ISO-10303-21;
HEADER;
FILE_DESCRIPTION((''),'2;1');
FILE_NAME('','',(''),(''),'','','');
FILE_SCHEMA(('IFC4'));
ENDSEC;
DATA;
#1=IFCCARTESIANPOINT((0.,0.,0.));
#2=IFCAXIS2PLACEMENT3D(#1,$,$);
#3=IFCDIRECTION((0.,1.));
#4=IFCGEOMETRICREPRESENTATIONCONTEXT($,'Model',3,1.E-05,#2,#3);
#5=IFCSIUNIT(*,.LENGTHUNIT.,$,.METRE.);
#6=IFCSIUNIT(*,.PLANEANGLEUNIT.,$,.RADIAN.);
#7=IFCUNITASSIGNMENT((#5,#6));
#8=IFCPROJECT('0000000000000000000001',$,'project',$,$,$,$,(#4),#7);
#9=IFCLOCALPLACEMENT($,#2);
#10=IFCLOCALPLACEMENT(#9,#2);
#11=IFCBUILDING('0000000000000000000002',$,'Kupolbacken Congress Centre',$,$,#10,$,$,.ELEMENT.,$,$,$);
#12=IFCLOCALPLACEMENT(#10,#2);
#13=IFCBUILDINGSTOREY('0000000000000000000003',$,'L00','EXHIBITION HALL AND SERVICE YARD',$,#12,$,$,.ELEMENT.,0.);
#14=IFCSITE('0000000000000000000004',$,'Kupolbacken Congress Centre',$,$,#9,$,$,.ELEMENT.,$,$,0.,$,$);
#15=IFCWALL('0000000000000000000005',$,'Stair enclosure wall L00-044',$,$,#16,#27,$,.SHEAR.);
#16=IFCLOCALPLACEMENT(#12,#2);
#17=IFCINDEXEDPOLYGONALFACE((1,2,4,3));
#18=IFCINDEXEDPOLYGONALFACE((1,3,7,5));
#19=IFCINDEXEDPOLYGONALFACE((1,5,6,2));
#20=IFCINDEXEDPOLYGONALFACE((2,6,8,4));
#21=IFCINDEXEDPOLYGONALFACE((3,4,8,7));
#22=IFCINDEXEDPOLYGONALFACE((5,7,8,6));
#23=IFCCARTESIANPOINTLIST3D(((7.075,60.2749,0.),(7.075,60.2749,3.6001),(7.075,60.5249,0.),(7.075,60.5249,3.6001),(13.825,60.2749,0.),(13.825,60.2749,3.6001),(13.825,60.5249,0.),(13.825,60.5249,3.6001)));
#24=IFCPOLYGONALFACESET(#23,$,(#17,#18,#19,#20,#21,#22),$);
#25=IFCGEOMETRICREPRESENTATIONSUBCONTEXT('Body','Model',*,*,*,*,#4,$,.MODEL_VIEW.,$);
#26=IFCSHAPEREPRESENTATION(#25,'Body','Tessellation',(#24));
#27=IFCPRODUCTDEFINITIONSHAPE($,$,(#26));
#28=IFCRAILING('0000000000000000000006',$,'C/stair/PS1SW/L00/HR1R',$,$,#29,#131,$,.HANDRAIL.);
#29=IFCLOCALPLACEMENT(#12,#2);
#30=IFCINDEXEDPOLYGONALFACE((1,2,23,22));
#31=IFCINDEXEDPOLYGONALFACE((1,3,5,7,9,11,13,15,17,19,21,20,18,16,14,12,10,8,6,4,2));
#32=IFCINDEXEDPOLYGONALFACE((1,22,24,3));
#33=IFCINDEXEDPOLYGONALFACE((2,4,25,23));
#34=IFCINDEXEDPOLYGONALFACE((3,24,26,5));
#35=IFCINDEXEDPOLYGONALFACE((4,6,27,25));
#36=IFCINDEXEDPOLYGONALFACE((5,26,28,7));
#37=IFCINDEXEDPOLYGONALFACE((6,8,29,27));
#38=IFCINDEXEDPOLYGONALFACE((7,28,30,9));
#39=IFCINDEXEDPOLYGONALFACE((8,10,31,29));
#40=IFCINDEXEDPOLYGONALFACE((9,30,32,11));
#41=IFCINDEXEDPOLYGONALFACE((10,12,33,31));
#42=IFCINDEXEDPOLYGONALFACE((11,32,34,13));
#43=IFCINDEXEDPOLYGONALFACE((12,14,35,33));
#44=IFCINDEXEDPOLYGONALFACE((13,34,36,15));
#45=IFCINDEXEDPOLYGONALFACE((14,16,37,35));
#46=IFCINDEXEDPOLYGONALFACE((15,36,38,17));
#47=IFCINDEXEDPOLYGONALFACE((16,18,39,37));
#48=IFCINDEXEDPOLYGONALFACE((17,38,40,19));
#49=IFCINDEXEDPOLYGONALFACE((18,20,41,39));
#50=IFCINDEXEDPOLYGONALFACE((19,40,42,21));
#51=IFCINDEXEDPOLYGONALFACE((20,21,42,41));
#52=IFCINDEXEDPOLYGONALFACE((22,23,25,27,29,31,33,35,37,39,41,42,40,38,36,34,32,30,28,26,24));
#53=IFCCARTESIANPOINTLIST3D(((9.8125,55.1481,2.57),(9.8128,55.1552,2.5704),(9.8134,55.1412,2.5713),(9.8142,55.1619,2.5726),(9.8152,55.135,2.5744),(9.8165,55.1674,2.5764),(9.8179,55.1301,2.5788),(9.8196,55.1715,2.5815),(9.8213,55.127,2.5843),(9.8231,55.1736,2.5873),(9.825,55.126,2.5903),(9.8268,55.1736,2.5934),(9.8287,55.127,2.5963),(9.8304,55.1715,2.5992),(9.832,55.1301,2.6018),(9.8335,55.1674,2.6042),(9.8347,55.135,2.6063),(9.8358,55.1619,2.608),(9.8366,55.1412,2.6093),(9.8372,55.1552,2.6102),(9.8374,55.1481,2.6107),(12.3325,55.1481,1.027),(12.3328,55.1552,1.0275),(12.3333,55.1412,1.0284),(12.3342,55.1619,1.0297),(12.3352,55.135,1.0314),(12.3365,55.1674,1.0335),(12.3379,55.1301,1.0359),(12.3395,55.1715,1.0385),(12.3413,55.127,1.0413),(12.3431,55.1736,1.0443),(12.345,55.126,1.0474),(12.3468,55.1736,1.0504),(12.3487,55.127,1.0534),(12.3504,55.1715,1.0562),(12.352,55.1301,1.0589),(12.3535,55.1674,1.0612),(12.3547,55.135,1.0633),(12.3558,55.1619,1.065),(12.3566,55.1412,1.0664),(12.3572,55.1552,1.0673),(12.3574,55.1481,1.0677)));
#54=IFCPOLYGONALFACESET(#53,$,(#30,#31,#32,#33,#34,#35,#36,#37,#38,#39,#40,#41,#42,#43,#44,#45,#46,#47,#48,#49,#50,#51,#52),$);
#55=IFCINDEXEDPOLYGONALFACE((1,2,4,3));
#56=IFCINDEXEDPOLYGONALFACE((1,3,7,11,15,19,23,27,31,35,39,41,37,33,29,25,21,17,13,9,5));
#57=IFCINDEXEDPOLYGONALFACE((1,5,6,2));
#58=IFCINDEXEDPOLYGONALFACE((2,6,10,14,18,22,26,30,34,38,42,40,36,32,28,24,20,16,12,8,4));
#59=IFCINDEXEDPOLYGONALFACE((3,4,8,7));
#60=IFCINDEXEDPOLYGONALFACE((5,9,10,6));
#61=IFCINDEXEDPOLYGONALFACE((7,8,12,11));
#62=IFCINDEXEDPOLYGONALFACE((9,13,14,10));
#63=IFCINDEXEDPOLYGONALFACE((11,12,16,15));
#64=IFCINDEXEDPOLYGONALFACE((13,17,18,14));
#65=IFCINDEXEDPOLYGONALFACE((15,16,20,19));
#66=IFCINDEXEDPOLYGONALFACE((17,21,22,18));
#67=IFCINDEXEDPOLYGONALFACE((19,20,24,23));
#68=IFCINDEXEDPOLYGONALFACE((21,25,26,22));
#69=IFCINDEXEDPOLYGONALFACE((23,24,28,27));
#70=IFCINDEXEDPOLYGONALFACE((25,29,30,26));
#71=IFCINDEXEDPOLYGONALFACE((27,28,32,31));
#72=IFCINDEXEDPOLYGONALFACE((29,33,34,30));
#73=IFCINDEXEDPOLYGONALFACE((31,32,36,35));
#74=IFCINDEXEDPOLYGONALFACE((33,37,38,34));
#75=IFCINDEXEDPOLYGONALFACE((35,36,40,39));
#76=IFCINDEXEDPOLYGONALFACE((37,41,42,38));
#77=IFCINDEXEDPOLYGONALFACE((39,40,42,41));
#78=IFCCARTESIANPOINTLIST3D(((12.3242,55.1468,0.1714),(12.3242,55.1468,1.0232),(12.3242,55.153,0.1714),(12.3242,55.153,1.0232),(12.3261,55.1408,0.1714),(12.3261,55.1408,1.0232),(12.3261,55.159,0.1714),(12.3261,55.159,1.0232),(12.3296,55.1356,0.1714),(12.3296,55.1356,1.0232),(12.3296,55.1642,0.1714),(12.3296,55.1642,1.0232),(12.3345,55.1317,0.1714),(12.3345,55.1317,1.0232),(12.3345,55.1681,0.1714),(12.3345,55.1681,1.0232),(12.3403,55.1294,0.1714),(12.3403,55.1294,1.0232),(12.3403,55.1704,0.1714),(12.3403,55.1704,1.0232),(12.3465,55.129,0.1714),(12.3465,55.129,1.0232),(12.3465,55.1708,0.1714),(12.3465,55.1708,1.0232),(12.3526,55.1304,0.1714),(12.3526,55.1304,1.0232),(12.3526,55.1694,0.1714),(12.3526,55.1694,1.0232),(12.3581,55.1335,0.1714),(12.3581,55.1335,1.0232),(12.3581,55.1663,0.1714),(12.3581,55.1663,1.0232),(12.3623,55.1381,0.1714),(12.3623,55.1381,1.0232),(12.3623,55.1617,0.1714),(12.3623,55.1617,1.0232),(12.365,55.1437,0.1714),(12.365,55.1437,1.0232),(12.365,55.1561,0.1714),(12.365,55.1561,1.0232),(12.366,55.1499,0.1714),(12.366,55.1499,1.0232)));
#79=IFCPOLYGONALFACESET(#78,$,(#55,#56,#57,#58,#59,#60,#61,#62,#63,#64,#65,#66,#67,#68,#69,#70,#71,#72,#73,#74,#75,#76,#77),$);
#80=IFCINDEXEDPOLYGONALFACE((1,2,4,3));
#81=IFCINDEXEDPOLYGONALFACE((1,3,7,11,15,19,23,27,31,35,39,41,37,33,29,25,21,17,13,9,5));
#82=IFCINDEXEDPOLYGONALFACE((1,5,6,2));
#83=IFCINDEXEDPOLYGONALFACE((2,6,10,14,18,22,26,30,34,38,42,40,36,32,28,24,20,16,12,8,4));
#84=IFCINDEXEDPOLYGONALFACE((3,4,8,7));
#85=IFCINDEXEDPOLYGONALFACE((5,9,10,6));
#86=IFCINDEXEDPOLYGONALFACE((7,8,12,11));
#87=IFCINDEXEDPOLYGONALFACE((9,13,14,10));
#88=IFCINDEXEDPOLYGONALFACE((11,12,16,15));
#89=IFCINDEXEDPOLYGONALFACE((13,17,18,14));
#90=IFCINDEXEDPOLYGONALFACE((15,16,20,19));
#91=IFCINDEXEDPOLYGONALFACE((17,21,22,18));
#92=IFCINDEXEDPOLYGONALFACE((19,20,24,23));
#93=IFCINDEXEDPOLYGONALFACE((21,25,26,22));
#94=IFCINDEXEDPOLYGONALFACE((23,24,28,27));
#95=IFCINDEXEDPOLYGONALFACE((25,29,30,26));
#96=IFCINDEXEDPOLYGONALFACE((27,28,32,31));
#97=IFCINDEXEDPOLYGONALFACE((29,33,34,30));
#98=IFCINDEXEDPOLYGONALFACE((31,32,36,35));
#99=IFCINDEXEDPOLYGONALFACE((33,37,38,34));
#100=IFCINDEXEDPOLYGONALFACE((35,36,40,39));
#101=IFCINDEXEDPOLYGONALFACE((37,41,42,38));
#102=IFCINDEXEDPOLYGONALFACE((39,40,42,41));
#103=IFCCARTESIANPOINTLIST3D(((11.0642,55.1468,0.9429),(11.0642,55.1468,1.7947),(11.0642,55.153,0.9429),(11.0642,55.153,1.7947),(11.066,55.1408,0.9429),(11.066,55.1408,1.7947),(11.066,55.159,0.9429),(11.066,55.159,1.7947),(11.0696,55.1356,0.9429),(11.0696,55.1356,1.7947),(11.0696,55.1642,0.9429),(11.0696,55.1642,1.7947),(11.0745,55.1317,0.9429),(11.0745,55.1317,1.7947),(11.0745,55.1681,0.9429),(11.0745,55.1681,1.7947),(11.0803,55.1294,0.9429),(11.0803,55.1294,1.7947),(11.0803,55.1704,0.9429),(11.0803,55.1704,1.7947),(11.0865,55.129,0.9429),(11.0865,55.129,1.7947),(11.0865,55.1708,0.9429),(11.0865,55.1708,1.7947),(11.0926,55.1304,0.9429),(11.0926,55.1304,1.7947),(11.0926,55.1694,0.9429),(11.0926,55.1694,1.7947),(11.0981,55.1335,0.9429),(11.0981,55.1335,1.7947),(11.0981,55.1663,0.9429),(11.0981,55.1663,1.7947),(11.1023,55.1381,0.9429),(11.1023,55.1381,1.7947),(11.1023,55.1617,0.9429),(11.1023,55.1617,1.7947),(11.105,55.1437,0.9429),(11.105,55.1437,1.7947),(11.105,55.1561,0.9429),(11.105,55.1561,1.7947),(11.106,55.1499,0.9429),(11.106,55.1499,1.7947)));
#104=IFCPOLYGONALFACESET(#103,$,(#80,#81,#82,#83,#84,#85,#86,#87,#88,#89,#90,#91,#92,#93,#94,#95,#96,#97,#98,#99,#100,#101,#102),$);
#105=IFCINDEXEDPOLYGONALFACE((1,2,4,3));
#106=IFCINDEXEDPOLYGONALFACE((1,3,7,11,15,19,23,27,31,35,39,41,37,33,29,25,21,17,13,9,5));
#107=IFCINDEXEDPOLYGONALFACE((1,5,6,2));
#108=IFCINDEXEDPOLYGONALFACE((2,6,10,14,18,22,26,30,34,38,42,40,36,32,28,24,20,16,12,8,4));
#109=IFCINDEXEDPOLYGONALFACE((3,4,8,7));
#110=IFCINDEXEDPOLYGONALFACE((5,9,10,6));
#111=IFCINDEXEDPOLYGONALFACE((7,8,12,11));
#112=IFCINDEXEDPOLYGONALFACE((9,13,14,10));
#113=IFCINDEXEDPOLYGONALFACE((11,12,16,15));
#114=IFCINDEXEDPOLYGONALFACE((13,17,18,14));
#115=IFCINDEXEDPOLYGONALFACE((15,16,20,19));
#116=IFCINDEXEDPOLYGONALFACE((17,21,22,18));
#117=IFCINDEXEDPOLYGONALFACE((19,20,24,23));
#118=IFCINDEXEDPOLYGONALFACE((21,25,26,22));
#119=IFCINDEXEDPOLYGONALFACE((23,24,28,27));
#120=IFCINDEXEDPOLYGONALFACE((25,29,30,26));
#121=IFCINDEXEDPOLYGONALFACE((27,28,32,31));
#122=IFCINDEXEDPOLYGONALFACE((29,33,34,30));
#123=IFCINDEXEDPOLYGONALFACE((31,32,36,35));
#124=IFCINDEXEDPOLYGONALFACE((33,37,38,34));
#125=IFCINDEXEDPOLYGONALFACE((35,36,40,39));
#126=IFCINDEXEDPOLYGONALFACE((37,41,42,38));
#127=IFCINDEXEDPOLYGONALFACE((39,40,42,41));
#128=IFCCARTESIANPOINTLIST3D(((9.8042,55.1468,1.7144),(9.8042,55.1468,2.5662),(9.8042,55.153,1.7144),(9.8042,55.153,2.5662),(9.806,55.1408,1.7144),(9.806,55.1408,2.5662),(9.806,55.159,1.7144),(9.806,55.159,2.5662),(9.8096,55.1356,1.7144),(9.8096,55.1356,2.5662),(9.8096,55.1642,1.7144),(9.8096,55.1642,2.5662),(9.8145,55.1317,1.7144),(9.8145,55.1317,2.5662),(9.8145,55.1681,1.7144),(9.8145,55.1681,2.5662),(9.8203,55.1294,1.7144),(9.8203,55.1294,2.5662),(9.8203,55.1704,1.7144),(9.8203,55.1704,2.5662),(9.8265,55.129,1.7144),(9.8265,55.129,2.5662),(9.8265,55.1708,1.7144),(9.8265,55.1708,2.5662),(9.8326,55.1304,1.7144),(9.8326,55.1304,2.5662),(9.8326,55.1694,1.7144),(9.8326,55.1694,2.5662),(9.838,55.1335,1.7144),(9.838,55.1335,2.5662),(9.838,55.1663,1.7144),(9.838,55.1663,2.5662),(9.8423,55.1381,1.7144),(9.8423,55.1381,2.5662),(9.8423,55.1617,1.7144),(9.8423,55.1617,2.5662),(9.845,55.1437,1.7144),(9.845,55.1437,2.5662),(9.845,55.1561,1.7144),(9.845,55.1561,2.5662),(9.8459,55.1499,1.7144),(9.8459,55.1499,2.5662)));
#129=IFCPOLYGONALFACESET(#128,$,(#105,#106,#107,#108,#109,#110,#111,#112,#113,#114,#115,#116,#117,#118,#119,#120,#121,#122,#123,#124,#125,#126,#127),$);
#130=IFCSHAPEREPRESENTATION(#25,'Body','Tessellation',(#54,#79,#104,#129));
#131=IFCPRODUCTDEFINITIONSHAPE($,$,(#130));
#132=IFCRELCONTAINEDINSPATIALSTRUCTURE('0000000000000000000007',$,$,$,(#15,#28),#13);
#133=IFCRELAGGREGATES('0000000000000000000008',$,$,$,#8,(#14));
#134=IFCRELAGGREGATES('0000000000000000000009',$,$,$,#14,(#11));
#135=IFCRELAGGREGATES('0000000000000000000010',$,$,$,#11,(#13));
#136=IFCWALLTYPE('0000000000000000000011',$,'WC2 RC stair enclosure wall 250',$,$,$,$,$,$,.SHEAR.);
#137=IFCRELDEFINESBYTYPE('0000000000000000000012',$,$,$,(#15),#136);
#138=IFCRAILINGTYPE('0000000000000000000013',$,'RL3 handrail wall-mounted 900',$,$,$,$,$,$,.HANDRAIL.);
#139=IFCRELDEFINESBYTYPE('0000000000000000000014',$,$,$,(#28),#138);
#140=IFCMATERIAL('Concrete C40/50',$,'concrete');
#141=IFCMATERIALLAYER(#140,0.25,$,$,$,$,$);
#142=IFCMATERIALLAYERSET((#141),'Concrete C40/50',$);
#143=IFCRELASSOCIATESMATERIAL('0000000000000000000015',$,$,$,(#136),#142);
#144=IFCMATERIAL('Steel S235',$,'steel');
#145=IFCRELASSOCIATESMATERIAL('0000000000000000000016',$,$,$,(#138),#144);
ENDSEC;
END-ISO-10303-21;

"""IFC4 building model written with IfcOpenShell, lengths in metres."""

from ifc_helpers import new_model, si_unit, direction, frame, frame_2d, origin, origin_2d, place, context, subcontext, project, spatial, rectangle, circle, extrude, material, layer, layer_set, type_object, element, save


model = new_model("IFC4")

# Units and contexts
model_context = context("Model", 3, precision=1e-05, world=origin(), true_north=direction((0.0, 1.0)))
body_context = subcontext(model_context, "Body", "Model", "MODEL_VIEW")
ifc_project = project(units=[si_unit("LENGTHUNIT", "METRE"), si_unit("PLANEANGLEUNIT", "RADIAN")], contexts=[model_context])

# Site, building, storey
site_placement = place(None, origin())
site = spatial("IfcSite", under=ifc_project, at=site_placement, Name="Kupolbacken Congress Centre", CompositionType="ELEMENT", RefElevation=0.0)
building_placement = place(site_placement, origin())
building = spatial("IfcBuilding", under=site, at=building_placement, Name="Kupolbacken Congress Centre", CompositionType="ELEMENT")
storey_placement = place(building_placement, origin())
storey = spatial("IfcBuildingStorey", under=building, at=storey_placement, Name="L00", Description="EXHIBITION HALL AND SERVICE YARD", CompositionType="ELEMENT", Elevation=0.0)

# Shared definitions
ifc_material_1 = material(Name="Concrete C40/50", Category="concrete")
ifc_layer_1 = layer(ifc_material_1, 0.25)
ifc_layer_set_1 = layer_set([ifc_layer_1], Name="Concrete C40/50")
wall_type_1 = type_object("IfcWallType", Name="WC2 RC stair enclosure wall 250", PredefinedType="SHEAR", material=ifc_layer_set_1)

# Wall
wall_1_placement = place(storey_placement, frame((13.825, 60.3999, 0.0), z_axis=(0.0, 0.0, 1.0), x_axis=(-1.0, 0.0, 0.0)))
element("IfcWall", 1, at=wall_1_placement, inside=storey, type_object=wall_type_1, Name="Stair enclosure wall L00-044", PredefinedType="SHEAR", context=body_context, shape_type="SweptSolid", body=[
    extrude(rectangle(XDim=6.75, YDim=0.25, at=frame_2d((3.375, 0.0))), origin(), (0.0, 0.0, 1.0), 3.6001),
])

# Railing
ifc_material_2 = material(Name="Steel S235", Category="steel")
railing_type = type_object("IfcRailingType", Name="RL3 handrail wall-mounted 900", PredefinedType="HANDRAIL", material=ifc_material_2)
for number, where, name in (
    (2, (12.345, 55.1499, 0.1714), "C/stair/PS1SW/L00/HR1R"),
):
    element("IfcRailing", number, at=place(storey_placement, frame(where)), inside=storey, type_object=railing_type, Name=name, PredefinedType="HANDRAIL", context=body_context, shape_type="SweptSolid", body=[
        extrude(circle(Radius=0.0239, at=origin_2d()), frame((0.0, 0.0, 0.876), z_axis=(-0.852836, 0.0, 0.522178), x_axis=(0.0, -1.0, 0.0)), (0.0, 0.0, 1.0), 2.9548),
        extrude(circle(Radius=0.021, at=origin_2d()), origin(), (0.0, 0.0, 1.0), 0.8518),
        extrude(circle(Radius=0.021, at=origin_2d()), frame((-1.26, 0.0, 0.7715)), (0.0, 0.0, 1.0), 0.8518),
        extrude(circle(Radius=0.021, at=origin_2d()), frame((-2.52, 0.0, 1.543)), (0.0, 0.0, 1.0), 0.8518),
    ])

save(model, "model.ifc")
